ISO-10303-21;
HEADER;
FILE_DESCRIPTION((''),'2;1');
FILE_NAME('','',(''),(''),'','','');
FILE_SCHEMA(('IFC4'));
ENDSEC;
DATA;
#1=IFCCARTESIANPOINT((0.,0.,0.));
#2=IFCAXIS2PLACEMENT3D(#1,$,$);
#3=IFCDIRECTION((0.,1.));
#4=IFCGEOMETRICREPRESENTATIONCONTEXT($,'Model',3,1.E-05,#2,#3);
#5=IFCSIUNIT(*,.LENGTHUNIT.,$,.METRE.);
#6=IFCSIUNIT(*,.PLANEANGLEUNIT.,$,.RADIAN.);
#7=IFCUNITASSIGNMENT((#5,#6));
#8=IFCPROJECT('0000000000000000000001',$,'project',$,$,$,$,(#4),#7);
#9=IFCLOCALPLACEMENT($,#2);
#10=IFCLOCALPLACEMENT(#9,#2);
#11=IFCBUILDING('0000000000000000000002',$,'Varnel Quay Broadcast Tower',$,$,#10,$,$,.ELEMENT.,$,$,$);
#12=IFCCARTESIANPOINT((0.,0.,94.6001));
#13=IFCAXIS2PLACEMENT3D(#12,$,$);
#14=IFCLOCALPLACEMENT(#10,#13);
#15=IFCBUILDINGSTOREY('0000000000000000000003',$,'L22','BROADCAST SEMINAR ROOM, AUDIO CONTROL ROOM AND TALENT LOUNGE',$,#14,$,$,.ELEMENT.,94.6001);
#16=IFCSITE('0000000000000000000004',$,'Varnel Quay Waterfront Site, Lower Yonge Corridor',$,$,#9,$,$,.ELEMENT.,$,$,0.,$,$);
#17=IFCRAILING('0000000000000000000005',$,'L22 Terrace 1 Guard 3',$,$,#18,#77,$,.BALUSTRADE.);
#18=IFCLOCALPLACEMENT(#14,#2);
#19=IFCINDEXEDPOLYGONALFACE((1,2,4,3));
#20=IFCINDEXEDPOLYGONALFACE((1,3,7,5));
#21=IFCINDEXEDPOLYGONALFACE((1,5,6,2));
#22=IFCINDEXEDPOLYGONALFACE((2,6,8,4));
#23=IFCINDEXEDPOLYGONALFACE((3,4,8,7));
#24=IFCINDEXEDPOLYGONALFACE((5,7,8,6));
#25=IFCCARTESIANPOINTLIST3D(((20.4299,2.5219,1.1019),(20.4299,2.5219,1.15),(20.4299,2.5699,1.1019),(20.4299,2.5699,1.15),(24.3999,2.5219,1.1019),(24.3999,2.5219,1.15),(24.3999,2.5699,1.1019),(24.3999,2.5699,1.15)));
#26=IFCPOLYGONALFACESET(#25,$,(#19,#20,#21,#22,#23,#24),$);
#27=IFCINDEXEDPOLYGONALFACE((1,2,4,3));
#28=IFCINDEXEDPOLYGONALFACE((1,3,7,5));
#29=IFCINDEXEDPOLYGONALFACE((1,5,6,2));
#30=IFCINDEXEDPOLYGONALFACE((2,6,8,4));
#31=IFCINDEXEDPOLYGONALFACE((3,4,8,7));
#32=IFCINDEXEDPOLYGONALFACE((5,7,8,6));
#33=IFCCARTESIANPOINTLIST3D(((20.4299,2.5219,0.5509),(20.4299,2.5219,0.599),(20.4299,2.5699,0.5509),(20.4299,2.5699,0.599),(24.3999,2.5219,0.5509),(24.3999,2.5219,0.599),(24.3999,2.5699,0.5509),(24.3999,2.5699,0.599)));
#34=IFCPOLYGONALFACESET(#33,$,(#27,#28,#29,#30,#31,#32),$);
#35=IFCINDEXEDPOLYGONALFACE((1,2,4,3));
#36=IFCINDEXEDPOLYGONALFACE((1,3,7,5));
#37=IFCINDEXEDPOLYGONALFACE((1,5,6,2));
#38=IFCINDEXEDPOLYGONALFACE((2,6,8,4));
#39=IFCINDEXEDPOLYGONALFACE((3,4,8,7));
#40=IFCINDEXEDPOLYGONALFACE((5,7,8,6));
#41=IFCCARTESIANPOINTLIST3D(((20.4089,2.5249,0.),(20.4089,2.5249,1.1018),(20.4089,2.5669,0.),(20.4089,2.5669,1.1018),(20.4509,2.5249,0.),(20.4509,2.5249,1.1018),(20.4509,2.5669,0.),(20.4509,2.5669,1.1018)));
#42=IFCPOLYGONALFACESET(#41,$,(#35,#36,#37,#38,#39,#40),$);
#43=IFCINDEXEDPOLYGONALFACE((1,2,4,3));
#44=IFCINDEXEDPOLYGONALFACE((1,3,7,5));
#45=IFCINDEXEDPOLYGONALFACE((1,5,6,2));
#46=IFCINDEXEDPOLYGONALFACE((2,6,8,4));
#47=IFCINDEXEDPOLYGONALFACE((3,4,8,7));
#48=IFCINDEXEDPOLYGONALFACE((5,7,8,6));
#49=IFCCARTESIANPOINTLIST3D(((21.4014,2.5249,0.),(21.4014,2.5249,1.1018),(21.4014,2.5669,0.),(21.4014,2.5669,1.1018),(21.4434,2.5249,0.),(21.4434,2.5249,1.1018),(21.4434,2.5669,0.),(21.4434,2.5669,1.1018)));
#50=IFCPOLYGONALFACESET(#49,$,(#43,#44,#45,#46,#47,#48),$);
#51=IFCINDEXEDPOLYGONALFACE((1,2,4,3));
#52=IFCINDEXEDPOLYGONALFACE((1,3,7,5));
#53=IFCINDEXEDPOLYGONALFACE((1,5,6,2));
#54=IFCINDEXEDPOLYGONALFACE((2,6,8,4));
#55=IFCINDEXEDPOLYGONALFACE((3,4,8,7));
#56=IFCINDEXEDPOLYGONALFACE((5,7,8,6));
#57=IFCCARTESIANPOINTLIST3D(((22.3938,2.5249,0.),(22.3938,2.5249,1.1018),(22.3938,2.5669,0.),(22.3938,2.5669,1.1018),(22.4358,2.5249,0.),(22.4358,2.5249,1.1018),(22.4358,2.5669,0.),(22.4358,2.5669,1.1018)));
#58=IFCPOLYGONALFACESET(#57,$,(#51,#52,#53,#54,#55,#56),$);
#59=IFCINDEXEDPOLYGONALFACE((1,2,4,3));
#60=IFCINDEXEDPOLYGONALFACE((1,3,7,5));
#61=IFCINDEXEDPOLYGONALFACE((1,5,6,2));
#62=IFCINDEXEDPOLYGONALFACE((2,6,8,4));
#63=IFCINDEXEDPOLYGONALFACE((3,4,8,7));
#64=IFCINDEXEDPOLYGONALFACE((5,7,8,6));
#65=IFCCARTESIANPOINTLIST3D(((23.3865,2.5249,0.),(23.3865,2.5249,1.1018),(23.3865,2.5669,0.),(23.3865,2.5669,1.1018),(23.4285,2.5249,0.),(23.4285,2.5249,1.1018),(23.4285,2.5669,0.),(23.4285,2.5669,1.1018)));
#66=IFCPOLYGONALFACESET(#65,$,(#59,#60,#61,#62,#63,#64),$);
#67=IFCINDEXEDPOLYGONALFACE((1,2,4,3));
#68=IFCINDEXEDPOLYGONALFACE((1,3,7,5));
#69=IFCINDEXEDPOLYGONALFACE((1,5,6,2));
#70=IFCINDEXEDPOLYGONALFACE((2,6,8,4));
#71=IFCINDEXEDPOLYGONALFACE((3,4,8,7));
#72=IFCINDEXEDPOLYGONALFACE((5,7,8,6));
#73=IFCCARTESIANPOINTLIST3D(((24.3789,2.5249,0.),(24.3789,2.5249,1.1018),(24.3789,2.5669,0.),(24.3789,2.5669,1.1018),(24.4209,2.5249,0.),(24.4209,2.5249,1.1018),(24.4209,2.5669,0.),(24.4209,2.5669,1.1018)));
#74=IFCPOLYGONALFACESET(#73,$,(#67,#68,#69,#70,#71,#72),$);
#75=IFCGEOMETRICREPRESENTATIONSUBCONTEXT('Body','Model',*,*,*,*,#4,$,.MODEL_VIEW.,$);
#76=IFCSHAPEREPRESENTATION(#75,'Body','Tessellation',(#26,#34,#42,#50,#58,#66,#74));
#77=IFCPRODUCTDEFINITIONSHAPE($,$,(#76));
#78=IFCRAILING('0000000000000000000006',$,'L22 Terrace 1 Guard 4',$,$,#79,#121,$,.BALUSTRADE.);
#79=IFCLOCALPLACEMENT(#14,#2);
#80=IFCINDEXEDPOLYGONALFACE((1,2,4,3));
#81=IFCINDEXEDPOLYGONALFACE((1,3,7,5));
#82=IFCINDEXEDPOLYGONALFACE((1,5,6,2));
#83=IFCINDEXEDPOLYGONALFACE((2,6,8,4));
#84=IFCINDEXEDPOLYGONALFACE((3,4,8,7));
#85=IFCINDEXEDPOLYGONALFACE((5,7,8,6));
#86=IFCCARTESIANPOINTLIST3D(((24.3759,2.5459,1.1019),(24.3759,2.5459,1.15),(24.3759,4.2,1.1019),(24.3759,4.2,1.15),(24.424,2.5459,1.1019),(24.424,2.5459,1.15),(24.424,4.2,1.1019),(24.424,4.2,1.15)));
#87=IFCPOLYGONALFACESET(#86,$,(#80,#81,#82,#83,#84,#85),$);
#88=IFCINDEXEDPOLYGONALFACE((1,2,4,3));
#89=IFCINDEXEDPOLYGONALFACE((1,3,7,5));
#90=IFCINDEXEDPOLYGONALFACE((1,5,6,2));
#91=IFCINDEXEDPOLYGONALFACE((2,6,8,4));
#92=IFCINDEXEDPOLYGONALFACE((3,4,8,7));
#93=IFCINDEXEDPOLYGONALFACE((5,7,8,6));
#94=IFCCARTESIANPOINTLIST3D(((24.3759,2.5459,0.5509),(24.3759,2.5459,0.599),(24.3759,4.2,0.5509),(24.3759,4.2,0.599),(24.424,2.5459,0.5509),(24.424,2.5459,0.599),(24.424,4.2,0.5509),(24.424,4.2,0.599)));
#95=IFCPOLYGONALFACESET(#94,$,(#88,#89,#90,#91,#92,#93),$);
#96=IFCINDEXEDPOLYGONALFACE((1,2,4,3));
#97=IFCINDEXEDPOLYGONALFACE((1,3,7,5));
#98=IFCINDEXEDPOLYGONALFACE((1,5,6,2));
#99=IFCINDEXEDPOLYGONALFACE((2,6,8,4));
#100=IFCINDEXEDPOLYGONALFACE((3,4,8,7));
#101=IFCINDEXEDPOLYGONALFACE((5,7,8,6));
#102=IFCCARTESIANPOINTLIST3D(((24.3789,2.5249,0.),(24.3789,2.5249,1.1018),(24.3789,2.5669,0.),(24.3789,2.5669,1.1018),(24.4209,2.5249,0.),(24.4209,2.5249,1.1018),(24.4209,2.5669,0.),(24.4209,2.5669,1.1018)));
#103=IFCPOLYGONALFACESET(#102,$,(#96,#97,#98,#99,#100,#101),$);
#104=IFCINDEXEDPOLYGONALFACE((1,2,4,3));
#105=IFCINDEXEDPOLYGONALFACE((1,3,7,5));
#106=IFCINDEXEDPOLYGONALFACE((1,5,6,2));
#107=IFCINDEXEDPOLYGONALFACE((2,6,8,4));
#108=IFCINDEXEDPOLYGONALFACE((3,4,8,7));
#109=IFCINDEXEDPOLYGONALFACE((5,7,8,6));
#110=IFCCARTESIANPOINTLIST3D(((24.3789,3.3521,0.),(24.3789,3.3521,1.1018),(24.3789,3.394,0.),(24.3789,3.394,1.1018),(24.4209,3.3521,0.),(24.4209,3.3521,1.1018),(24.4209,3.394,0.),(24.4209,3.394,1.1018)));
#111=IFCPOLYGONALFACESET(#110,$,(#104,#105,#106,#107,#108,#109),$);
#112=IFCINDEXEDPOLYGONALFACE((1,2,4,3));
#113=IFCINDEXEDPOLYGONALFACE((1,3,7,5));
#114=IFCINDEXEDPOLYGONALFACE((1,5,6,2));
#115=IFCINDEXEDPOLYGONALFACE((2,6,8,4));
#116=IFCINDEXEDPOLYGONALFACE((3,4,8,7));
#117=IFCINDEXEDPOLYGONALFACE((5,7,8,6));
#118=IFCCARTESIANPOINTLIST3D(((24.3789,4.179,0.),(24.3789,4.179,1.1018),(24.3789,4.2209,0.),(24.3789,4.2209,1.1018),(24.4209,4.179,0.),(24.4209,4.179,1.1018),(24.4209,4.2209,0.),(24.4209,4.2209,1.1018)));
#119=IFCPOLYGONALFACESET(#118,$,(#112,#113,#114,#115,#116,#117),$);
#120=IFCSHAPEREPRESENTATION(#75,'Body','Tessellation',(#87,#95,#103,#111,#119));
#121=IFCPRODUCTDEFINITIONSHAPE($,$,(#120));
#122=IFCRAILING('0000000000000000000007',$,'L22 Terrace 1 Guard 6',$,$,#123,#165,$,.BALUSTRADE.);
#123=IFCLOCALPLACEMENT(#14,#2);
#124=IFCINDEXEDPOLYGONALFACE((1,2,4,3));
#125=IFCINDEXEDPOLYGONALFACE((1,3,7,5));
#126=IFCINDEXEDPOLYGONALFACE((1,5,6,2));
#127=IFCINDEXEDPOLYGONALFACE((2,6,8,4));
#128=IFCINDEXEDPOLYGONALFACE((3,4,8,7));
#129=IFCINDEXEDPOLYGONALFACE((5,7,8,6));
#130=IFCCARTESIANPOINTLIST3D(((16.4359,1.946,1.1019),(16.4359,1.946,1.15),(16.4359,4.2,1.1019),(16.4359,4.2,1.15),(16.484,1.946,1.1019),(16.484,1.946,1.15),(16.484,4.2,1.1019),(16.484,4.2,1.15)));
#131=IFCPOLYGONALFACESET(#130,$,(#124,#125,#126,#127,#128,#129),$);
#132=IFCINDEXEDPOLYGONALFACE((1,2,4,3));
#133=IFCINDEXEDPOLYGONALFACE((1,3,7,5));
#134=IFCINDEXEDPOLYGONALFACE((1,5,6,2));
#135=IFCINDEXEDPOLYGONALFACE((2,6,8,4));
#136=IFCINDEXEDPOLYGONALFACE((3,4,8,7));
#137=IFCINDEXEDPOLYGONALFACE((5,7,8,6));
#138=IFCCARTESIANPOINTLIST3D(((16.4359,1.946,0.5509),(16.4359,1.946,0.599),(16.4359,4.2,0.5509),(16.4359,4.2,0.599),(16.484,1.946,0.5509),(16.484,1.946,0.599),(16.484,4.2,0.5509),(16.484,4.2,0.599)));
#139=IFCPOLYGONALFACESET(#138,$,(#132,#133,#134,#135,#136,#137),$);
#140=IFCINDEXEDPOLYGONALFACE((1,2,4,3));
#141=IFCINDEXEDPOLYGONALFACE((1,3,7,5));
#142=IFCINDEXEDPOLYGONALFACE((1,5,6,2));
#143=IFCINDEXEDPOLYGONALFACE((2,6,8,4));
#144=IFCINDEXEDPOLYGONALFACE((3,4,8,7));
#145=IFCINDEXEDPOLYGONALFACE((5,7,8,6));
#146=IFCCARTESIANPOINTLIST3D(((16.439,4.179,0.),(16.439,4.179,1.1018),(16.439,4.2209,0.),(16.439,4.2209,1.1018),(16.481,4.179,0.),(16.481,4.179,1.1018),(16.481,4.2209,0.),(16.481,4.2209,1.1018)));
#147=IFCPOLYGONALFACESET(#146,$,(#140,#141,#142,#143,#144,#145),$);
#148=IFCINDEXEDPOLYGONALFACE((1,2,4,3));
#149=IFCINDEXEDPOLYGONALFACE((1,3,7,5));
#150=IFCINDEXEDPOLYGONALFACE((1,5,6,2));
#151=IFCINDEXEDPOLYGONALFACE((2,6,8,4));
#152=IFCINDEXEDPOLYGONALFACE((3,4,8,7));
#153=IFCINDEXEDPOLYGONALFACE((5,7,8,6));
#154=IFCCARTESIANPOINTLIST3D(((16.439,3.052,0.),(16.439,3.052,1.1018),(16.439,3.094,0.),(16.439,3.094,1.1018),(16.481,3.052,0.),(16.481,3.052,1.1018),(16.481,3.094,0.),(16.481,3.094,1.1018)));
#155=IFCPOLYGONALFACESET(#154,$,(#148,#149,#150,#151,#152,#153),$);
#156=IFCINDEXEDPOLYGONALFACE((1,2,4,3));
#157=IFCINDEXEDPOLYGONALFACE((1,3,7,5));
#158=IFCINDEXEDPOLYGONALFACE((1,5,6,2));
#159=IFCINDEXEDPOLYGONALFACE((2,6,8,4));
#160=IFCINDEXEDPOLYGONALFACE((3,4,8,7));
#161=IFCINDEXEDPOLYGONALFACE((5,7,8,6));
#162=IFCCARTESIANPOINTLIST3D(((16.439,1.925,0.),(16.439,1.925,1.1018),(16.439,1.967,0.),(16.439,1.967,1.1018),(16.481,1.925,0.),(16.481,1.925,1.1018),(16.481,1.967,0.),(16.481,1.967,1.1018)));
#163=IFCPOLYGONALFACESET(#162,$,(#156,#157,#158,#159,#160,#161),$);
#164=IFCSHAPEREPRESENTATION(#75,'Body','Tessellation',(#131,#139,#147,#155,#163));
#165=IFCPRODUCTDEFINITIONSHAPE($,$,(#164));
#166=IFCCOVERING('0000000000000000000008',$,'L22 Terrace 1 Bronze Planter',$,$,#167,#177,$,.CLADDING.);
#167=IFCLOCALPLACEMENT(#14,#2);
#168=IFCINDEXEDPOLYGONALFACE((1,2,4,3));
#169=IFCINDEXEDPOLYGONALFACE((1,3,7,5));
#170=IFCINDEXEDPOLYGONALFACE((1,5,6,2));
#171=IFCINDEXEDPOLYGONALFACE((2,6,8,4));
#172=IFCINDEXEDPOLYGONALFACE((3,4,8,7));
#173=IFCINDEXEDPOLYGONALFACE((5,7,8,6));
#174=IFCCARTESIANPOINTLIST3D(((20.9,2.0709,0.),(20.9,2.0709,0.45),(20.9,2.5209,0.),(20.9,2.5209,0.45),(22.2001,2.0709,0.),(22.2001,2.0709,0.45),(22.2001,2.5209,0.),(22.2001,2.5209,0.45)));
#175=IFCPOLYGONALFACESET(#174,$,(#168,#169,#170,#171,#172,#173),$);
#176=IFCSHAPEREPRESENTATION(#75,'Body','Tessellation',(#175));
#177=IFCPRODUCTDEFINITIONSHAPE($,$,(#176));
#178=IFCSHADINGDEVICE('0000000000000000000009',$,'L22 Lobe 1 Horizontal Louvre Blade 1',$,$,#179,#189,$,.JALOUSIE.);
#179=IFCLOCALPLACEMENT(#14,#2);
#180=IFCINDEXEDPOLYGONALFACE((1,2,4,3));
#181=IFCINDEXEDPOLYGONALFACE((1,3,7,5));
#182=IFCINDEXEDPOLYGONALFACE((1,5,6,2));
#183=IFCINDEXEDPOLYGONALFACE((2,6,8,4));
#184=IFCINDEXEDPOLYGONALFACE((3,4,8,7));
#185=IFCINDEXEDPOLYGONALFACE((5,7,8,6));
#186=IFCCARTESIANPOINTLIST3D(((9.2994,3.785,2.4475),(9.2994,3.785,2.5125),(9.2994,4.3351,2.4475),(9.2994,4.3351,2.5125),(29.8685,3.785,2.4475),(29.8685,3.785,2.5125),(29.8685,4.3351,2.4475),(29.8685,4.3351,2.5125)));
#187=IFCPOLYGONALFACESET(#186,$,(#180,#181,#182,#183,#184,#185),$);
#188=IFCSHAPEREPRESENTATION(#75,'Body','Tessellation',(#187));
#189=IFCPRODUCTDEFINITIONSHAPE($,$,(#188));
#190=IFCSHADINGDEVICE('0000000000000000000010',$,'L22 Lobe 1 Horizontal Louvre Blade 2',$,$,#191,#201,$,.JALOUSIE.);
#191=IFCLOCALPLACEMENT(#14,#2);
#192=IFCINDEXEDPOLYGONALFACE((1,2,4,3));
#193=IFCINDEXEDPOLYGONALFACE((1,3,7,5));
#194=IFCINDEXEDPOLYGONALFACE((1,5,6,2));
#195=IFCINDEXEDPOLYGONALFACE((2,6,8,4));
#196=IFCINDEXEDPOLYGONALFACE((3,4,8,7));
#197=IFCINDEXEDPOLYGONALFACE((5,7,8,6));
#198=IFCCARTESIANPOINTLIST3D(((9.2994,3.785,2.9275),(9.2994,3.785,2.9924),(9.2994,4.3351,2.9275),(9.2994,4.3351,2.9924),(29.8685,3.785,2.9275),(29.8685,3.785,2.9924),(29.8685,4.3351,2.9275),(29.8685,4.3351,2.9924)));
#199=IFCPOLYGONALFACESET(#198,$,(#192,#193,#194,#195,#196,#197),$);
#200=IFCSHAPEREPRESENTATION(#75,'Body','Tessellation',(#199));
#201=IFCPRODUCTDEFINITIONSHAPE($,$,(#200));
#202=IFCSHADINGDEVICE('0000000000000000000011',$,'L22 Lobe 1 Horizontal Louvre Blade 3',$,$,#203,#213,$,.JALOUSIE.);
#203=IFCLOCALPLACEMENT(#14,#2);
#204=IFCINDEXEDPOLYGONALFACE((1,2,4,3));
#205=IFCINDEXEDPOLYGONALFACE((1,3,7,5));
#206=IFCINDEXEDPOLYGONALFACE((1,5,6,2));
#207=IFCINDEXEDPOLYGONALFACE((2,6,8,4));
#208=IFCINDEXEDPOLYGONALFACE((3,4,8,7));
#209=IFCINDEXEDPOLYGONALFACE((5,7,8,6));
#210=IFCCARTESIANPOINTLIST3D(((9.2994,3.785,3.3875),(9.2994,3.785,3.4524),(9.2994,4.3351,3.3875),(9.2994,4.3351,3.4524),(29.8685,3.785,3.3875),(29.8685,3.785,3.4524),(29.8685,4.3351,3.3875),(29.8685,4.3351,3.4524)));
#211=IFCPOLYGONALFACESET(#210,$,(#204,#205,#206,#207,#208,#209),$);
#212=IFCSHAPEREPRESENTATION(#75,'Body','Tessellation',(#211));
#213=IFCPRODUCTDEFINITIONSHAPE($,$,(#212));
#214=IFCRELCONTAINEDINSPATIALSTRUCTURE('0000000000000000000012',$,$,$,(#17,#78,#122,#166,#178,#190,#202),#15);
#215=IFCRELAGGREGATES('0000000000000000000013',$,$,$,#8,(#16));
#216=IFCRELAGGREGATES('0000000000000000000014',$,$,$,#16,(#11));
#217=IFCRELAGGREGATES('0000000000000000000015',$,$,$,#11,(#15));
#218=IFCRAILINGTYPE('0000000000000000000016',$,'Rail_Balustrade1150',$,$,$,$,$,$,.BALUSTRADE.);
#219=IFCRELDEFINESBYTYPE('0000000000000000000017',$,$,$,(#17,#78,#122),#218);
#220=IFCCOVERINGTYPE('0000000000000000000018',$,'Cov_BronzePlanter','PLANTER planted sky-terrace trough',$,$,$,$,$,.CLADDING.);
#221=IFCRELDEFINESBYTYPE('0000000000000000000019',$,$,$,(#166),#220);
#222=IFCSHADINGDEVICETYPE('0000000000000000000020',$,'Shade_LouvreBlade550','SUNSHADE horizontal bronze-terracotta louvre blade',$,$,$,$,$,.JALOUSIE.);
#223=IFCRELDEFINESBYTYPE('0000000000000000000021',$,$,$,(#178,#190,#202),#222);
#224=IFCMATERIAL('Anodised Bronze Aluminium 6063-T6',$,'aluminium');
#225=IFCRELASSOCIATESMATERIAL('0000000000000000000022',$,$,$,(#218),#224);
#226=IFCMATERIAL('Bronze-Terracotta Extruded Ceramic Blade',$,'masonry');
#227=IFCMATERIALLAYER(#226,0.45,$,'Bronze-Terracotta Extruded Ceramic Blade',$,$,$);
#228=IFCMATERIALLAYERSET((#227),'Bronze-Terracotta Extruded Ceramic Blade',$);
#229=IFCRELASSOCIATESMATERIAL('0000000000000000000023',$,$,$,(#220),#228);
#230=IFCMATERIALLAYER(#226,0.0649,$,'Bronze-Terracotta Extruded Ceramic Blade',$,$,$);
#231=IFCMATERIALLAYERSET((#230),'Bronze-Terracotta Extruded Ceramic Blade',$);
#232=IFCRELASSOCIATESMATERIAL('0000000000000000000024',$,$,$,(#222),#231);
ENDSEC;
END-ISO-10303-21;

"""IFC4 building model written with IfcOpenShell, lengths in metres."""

from ifc_helpers import new_model, si_unit, direction, frame, origin, origin_2d, place, context, subcontext, project, spatial, rectangle, extrude, source, transform, mapped, material, layer, layer_set, type_object, type_shapes, element, save


model = new_model("IFC4")

# Units and contexts
model_context = context("Model", 3, precision=1e-05, world=origin(), true_north=direction((0.0, 1.0)))
body_context = subcontext(model_context, "Body", "Model", "MODEL_VIEW")
ifc_project = project(units=[si_unit("LENGTHUNIT", "METRE"), si_unit("PLANEANGLEUNIT", "RADIAN")], contexts=[model_context])

# Site, building, storey
site_placement = place(None, origin())
site = spatial("IfcSite", under=ifc_project, at=site_placement, Name="Varnel Quay Waterfront Site, Lower Yonge Corridor", CompositionType="ELEMENT", RefElevation=0.0)
building_placement = place(site_placement, origin())
building = spatial("IfcBuilding", under=site, at=building_placement, Name="Varnel Quay Broadcast Tower", CompositionType="ELEMENT")
storey_placement = place(building_placement, frame((0.0, 0.0, 94.6001)))
storey = spatial("IfcBuildingStorey", under=building, at=storey_placement, Name="L22", Description="BROADCAST SEMINAR ROOM, AUDIO CONTROL ROOM AND TALENT LOUNGE", CompositionType="ELEMENT", Elevation=94.6001)

# Shared definitions
ifc_material_1 = material(Name="Anodised Bronze Aluminium 6063-T6", Category="aluminium")

# Railings
railing_type = type_object("IfcRailingType", Name="Rail_Balustrade1150", PredefinedType="BALUSTRADE", material=ifc_material_1)
railing_1_placement = place(storey_placement, frame((20.4299, 2.5459, 0.0)))
element("IfcRailing", 1, at=railing_1_placement, inside=storey, type_object=railing_type, Name="L22 Terrace 1 Guard 3", PredefinedType="BALUSTRADE", context=body_context, shape_type="SweptSolid", body=[
    extrude(rectangle(XDim=0.0481, YDim=0.0481, at=origin_2d()), frame((0.0, 0.0, 1.126), z_axis=(1.0, 0.0, 0.0), x_axis=(0.0, 1.0, 0.0)), (0.0, 0.0, 1.0), 3.97),
    extrude(rectangle(XDim=0.0481, YDim=0.0481, at=origin_2d()), frame((0.0, 0.0, 0.575), z_axis=(1.0, 0.0, 0.0), x_axis=(0.0, 1.0, 0.0)), (0.0, 0.0, 1.0), 3.97),
    extrude(rectangle(XDim=0.042, YDim=0.042, at=origin_2d()), origin(), (0.0, 0.0, 1.0), 1.1018),
    extrude(rectangle(XDim=0.042, YDim=0.042, at=origin_2d()), frame((0.9924, 0.0, 0.0)), (0.0, 0.0, 1.0), 1.1018),
    extrude(rectangle(XDim=0.042, YDim=0.042, at=origin_2d()), frame((1.9849, 0.0, 0.0)), (0.0, 0.0, 1.0), 1.1018),
    extrude(rectangle(XDim=0.042, YDim=0.042, at=origin_2d()), frame((2.9775, 0.0, 0.0)), (0.0, 0.0, 1.0), 1.1018),
    extrude(rectangle(XDim=0.042, YDim=0.042, at=origin_2d()), frame((3.97, 0.0, 0.0)), (0.0, 0.0, 1.0), 1.1018),
])
railing_2_placement = place(storey_placement, frame((24.3999, 2.5459, 0.0)))
element("IfcRailing", 2, at=railing_2_placement, inside=storey, type_object=railing_type, Name="L22 Terrace 1 Guard 4", PredefinedType="BALUSTRADE", context=body_context, shape_type="SweptSolid", body=[
    extrude(rectangle(XDim=0.0481, YDim=0.0481, at=origin_2d()), frame((0.0, 0.0, 1.126), z_axis=(0.0, 1.0, 0.0), x_axis=(-1.0, 0.0, 0.0)), (0.0, 0.0, 1.0), 1.6541),
    extrude(rectangle(XDim=0.0481, YDim=0.0481, at=origin_2d()), frame((0.0, 0.0, 0.575), z_axis=(0.0, 1.0, 0.0), x_axis=(-1.0, 0.0, 0.0)), (0.0, 0.0, 1.0), 1.6541),
    extrude(rectangle(XDim=0.042, YDim=0.042, at=origin_2d()), origin(), (0.0, 0.0, 1.0), 1.1018),
    extrude(rectangle(XDim=0.042, YDim=0.042, at=origin_2d()), frame((0.0, 0.8271, 0.0)), (0.0, 0.0, 1.0), 1.1018),
    extrude(rectangle(XDim=0.042, YDim=0.042, at=origin_2d()), frame((0.0, 1.6541, 0.0)), (0.0, 0.0, 1.0), 1.1018),
])
railing_3_placement = place(storey_placement, frame((16.46, 4.2, 0.0)))
element("IfcRailing", 3, at=railing_3_placement, inside=storey, type_object=railing_type, Name="L22 Terrace 1 Guard 6", PredefinedType="BALUSTRADE", context=body_context, shape_type="SweptSolid", body=[
    extrude(rectangle(XDim=0.0481, YDim=0.0481, at=origin_2d()), frame((0.0, 0.0, 1.126), z_axis=(0.0, -1.0, 0.0), x_axis=(1.0, 0.0, 0.0)), (0.0, 0.0, 1.0), 2.2539),
    extrude(rectangle(XDim=0.0481, YDim=0.0481, at=origin_2d()), frame((0.0, 0.0, 0.575), z_axis=(0.0, -1.0, 0.0), x_axis=(1.0, 0.0, 0.0)), (0.0, 0.0, 1.0), 2.2539),
    extrude(rectangle(XDim=0.042, YDim=0.042, at=origin_2d()), origin(), (0.0, 0.0, 1.0), 1.1018),
    extrude(rectangle(XDim=0.042, YDim=0.042, at=origin_2d()), frame((0.0, -1.127, 0.0)), (0.0, 0.0, 1.0), 1.1018),
    extrude(rectangle(XDim=0.042, YDim=0.042, at=origin_2d()), frame((0.0, -2.2539, 0.0)), (0.0, 0.0, 1.0), 1.1018),
])

# Covering
ifc_material_2 = material(Name="Bronze-Terracotta Extruded Ceramic Blade", Category="masonry")
ifc_layer_1 = layer(ifc_material_2, 0.45, Name="Bronze-Terracotta Extruded Ceramic Blade")
ifc_layer_set_1 = layer_set([ifc_layer_1], Name="Bronze-Terracotta Extruded Ceramic Blade")
covering_type = type_object("IfcCoveringType", Name="Cov_BronzePlanter", Description="PLANTER planted sky-terrace trough", PredefinedType="CLADDING", material=ifc_layer_set_1)
shared_shape_1 = source(origin(), body_context, "Body", "SweptSolid", [
    extrude(rectangle(XDim=1.3, YDim=0.45, at=origin_2d()), origin(), (0.0, 0.0, 1.0), 0.45),
])
type_shapes(covering_type, [shared_shape_1])
covering_placement = place(storey_placement, frame((21.55, 2.2959, 0.0), z_axis=(0.0, 0.0, 1.0), x_axis=(1.0, 0.0, 0.0)))
element("IfcCovering", 4, at=covering_placement, inside=storey, type_object=covering_type, Name="L22 Terrace 1 Bronze Planter", PredefinedType="CLADDING", context=body_context, shape_type="MappedRepresentation", body=[
    mapped(shared_shape_1, transform((0.0, 0.0, 0.0), x_axis=(1.0, 0.0, 0.0), y_axis=(0.0, 1.0, 0.0), z_axis=(0.0, 0.0, 1.0), scale=1.0)),
])

# Shading devices
ifc_layer_2 = layer(ifc_material_2, 0.0649, Name="Bronze-Terracotta Extruded Ceramic Blade")
ifc_layer_set_2 = layer_set([ifc_layer_2], Name="Bronze-Terracotta Extruded Ceramic Blade")
shading_device_type = type_object("IfcShadingDeviceType", Name="Shade_LouvreBlade550", Description="SUNSHADE horizontal bronze-terracotta louvre blade", PredefinedType="JALOUSIE", material=ifc_layer_set_2)
shared_shape_2 = source(origin(), body_context, "Body", "SweptSolid", [
    extrude(rectangle(XDim=20.5691, YDim=0.55, at=origin_2d()), origin(), (0.0, 0.0, 1.0), 0.0649),
])
type_shapes(shading_device_type, [shared_shape_2])
for number, where, z_axis, x_axis, name in (
    (5, (19.584, 4.0601, 2.4475), (0.0, 0.0, 1.0), (1.0, 0.0, 0.0), "L22 Lobe 1 Horizontal Louvre Blade 1"),
    (6, (19.584, 4.0601, 2.9275), (0.0, 0.0, 1.0), (1.0, 0.0, 0.0), "L22 Lobe 1 Horizontal Louvre Blade 2"),
    (7, (19.584, 4.0601, 3.3875), (0.0, 0.0, 1.0), (1.0, 0.0, 0.0), "L22 Lobe 1 Horizontal Louvre Blade 3"),
):
    element("IfcShadingDevice", number, at=place(storey_placement, frame(where, z_axis=z_axis, x_axis=x_axis)), inside=storey, type_object=shading_device_type, Name=name, PredefinedType="JALOUSIE", context=body_context, shape_type="MappedRepresentation", body=[
        mapped(shared_shape_2, transform((0.0, 0.0, 0.0), x_axis=(1.0, 0.0, 0.0), y_axis=(0.0, 1.0, 0.0), z_axis=(0.0, 0.0, 1.0), scale=1.0)),
    ])

save(model, "model.ifc")
